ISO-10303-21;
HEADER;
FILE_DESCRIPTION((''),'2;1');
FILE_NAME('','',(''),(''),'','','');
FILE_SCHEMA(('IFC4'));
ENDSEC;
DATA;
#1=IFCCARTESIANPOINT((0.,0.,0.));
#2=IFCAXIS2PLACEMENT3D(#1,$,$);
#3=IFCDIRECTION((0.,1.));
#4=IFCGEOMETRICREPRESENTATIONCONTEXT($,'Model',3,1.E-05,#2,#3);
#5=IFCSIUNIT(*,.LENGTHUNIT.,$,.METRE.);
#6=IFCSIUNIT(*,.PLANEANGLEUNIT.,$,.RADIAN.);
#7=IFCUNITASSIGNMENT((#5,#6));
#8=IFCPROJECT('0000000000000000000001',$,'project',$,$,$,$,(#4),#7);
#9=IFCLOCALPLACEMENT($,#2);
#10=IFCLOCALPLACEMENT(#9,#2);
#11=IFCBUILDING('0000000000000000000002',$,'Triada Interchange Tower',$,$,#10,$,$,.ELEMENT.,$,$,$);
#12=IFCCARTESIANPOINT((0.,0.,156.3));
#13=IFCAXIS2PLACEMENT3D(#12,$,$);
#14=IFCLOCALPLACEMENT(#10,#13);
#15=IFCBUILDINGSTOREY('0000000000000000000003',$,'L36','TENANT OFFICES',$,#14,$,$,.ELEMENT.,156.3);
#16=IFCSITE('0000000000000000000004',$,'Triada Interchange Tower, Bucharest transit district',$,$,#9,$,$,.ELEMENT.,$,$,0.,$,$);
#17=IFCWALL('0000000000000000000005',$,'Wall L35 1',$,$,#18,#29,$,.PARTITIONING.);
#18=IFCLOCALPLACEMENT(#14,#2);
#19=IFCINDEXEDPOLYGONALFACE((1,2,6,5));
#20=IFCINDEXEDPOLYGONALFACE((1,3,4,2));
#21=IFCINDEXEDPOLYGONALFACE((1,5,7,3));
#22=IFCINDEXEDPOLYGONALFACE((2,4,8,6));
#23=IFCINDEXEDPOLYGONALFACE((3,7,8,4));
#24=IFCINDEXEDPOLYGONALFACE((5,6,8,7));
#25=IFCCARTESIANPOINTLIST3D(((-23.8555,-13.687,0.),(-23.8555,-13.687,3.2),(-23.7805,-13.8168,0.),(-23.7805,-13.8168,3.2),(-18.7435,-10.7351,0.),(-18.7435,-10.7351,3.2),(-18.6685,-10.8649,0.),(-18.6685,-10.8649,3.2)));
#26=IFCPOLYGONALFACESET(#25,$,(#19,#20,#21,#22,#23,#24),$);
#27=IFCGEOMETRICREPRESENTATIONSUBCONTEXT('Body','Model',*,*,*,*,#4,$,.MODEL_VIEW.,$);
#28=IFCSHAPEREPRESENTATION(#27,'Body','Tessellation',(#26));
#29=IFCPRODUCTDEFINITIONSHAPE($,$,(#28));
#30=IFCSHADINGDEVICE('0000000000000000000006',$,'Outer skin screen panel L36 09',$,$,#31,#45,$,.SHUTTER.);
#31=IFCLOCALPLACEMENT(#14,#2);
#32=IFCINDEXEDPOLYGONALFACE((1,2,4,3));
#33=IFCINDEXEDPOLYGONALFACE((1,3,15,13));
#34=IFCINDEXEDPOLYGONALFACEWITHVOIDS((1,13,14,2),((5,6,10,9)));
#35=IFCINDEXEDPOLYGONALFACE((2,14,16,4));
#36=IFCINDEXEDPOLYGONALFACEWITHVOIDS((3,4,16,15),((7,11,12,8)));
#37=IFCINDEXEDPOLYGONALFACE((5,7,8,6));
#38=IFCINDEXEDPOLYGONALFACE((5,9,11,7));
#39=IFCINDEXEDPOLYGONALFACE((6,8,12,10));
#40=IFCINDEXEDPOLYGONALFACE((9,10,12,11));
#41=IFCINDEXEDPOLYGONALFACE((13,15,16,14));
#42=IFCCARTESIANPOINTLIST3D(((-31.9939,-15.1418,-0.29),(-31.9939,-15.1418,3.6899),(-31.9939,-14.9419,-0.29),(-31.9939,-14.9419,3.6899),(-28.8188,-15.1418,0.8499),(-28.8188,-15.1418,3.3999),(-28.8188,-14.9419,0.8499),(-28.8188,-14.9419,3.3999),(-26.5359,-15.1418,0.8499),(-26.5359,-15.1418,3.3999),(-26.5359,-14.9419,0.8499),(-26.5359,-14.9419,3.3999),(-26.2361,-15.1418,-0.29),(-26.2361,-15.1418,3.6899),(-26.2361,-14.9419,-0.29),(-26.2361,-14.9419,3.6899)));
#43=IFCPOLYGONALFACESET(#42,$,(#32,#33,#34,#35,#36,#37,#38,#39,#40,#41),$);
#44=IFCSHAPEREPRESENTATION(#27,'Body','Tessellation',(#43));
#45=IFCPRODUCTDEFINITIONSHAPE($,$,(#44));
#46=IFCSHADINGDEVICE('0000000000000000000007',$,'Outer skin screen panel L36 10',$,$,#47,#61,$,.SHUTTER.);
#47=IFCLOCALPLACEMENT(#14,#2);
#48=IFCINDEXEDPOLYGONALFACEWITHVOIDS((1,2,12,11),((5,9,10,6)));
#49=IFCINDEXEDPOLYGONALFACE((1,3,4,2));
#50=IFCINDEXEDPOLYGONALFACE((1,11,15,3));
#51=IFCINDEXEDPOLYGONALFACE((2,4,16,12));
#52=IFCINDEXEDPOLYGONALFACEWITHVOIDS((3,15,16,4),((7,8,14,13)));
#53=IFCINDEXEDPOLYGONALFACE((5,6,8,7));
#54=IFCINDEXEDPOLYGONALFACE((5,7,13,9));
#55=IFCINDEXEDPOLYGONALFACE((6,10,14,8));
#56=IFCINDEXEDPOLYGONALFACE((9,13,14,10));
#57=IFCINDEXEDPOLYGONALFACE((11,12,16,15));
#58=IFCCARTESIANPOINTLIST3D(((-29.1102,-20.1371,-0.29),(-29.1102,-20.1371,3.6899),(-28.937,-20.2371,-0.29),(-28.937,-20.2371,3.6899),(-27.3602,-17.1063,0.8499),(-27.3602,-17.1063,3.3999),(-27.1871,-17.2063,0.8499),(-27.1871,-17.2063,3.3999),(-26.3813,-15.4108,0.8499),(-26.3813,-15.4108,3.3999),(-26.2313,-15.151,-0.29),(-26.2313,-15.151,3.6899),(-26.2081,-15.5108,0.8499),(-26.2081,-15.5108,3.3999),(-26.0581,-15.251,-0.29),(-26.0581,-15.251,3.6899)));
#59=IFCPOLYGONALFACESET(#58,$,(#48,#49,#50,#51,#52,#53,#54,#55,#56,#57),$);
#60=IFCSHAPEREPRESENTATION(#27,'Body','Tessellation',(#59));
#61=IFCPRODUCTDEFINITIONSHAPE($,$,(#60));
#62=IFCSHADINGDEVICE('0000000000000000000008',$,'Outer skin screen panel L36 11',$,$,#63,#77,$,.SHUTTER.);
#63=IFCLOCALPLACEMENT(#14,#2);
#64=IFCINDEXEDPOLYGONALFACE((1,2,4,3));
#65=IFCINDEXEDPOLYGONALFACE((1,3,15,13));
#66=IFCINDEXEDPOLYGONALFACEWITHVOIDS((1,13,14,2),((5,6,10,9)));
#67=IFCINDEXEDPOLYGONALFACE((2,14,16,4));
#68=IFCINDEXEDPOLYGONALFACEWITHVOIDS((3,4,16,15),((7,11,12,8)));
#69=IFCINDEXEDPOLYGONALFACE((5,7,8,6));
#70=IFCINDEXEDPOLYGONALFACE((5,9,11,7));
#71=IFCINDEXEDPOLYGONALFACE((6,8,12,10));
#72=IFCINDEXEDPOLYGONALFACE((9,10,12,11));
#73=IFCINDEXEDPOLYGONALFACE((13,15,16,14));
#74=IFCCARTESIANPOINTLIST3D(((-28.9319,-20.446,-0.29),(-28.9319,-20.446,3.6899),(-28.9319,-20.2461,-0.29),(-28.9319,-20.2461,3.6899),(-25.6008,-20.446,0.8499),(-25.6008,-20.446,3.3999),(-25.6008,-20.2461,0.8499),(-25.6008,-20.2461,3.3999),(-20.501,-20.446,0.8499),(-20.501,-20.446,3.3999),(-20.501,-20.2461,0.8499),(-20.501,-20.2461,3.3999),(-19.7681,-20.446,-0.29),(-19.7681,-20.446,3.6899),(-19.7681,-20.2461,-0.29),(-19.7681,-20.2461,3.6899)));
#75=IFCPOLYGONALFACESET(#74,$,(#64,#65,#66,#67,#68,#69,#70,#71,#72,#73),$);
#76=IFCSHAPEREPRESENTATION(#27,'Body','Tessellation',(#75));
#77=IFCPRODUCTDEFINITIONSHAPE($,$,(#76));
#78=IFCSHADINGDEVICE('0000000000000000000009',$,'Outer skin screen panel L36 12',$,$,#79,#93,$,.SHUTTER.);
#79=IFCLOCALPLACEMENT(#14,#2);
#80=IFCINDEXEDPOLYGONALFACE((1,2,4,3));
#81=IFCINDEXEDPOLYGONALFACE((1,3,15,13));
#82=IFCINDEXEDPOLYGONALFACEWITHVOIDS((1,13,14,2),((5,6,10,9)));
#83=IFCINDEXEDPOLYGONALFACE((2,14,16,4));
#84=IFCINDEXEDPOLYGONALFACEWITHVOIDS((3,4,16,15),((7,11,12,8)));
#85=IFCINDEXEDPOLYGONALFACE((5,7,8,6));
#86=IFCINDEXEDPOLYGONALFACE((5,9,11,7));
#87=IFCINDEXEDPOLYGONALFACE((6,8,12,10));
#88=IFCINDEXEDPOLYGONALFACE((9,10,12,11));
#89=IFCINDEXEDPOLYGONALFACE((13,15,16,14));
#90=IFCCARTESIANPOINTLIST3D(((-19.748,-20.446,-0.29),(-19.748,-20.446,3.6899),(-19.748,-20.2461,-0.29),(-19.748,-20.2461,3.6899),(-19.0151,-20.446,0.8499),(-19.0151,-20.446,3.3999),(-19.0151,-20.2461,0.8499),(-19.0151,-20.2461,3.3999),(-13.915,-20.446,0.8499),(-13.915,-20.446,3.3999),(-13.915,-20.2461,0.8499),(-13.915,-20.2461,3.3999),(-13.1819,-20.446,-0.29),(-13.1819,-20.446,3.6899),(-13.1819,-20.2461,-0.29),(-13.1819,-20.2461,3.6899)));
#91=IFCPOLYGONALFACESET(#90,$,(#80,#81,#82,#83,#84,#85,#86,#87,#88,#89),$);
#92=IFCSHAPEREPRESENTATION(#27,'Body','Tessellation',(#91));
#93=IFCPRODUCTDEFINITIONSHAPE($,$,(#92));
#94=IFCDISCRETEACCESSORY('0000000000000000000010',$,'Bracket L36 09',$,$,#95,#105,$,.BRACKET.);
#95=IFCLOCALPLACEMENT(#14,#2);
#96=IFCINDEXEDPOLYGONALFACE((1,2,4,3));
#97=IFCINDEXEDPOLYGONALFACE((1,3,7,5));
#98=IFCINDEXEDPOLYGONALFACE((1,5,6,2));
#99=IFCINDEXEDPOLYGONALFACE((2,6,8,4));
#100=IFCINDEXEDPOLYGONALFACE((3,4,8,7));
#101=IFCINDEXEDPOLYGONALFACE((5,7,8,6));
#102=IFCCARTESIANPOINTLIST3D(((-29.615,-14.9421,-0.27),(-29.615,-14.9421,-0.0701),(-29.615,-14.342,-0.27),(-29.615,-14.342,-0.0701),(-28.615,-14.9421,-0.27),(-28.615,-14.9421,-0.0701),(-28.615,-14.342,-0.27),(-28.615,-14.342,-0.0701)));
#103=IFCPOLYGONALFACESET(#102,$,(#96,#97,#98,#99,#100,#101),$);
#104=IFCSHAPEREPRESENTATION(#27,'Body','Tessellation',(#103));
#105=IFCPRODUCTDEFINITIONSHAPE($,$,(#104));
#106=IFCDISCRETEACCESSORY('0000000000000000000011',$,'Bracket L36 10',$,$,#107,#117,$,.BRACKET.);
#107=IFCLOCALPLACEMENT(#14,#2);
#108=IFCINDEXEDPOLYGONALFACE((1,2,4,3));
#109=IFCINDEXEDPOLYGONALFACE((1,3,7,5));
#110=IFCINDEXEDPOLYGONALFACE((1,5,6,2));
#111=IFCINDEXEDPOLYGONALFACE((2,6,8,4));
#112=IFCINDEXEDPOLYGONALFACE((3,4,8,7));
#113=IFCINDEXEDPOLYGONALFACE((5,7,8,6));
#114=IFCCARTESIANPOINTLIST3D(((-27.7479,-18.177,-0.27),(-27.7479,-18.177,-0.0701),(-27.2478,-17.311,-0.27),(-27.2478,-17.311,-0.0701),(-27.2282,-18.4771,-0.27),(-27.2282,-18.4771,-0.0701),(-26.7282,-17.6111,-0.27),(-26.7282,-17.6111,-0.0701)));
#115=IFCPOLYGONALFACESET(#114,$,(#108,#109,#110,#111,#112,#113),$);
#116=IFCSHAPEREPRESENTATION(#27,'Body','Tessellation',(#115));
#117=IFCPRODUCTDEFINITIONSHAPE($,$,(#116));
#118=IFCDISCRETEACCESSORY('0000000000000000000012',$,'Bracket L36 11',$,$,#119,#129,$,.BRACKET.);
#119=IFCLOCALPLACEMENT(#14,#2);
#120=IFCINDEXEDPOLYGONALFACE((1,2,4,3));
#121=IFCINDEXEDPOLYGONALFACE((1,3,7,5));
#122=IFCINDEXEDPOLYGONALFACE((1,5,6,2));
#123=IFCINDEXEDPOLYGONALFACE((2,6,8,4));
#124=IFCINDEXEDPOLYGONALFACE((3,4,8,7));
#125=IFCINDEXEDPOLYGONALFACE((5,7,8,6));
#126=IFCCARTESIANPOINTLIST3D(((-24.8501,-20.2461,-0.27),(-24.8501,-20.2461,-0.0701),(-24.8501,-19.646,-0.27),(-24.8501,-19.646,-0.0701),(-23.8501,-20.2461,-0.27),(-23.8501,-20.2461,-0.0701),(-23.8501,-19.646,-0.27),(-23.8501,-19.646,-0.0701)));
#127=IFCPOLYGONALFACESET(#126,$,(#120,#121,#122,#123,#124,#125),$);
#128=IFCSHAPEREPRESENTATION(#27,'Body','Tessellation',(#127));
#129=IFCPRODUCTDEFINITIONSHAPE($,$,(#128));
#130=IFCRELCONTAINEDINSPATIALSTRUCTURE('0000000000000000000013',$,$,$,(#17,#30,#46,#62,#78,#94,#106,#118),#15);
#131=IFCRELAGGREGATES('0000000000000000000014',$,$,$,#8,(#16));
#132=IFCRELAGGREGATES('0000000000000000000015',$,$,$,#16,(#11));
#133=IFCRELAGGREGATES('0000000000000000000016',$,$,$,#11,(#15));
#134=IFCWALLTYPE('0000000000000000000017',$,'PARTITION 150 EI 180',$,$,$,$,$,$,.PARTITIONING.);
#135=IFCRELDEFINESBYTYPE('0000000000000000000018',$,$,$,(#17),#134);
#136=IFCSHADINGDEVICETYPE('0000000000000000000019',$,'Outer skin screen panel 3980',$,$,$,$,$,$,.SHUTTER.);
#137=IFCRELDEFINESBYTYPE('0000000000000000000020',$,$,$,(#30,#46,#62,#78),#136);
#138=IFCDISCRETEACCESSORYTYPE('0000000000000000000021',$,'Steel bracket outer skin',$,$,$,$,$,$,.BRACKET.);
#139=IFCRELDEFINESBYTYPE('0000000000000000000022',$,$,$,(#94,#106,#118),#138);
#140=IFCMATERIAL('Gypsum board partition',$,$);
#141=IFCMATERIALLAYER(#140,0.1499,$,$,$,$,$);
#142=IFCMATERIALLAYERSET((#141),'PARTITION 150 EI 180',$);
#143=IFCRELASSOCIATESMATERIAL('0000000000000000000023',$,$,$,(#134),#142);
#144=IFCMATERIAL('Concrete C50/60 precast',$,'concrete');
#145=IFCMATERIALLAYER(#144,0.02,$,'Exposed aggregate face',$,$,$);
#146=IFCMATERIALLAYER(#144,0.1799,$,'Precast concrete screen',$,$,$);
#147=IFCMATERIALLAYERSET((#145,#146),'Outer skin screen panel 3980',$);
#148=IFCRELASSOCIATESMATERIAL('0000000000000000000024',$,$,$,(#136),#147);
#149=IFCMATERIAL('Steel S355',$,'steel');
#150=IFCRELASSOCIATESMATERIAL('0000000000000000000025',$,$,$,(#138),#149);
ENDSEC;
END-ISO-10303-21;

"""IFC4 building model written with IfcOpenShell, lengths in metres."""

from ifc_helpers import new_model, si_unit, direction, frame, frame_2d, origin, origin_2d, place, context, subcontext, project, spatial, polyline, rectangle, outline, extrude, material, layer, layer_set, type_object, element, save


model = new_model("IFC4")

# Units and contexts
model_context = context("Model", 3, precision=1e-05, world=origin(), true_north=direction((0.0, 1.0)))
body_context = subcontext(model_context, "Body", "Model", "MODEL_VIEW")
ifc_project = project(units=[si_unit("LENGTHUNIT", "METRE"), si_unit("PLANEANGLEUNIT", "RADIAN")], contexts=[model_context])

# Site, building, storey
site_placement = place(None, origin())
site = spatial("IfcSite", under=ifc_project, at=site_placement, Name="Triada Interchange Tower, Bucharest transit district", CompositionType="ELEMENT", RefElevation=0.0)
building_placement = place(site_placement, origin())
building = spatial("IfcBuilding", under=site, at=building_placement, Name="Triada Interchange Tower", CompositionType="ELEMENT")
storey_placement = place(building_placement, frame((0.0, 0.0, 156.3)))
storey = spatial("IfcBuildingStorey", under=building, at=storey_placement, Name="L36", Description="TENANT OFFICES", CompositionType="ELEMENT", Elevation=156.3)

# Wall
ifc_material_1 = material(Name="Gypsum board partition")
ifc_layer_1 = layer(ifc_material_1, 0.1499)
ifc_layer_set_1 = layer_set([ifc_layer_1], Name="PARTITION 150 EI 180")
wall_type_1 = type_object("IfcWallType", Name="PARTITION 150 EI 180", PredefinedType="PARTITIONING", material=ifc_layer_set_1)
wall_1_placement = place(storey_placement, frame((-23.8181, -13.752, 0.0), z_axis=(0.0, 0.0, 1.0), x_axis=(0.865992, 0.500058, 0.0)))
element("IfcWall", 1, at=wall_1_placement, inside=storey, type_object=wall_type_1, Name="Wall L35 1", PredefinedType="PARTITIONING", context=body_context, shape_type="SweptSolid", body=[
    extrude(rectangle(XDim=5.9031, YDim=0.1499, at=frame_2d((2.9517, 0.0))), origin(), (0.0, 0.0, 1.0), 3.2),
])

# Shading devices
ifc_material_2 = material(Name="Concrete C50/60 precast", Category="concrete")
ifc_layer_2 = layer(ifc_material_2, 0.02, Name="Exposed aggregate face")
ifc_layer_3 = layer(ifc_material_2, 0.1799, Name="Precast concrete screen")
ifc_layer_set_2 = layer_set([ifc_layer_2, ifc_layer_3], Name="Outer skin screen panel 3980")
shading_device_type = type_object("IfcShadingDeviceType", Name="Outer skin screen panel 3980", PredefinedType="SHUTTER", material=ifc_layer_set_2)
shading_device_1_placement = place(storey_placement, frame((-31.9939, -14.9419, -0.29), z_axis=(0.0, 0.0, 1.0), x_axis=(1.0, 0.0, 0.0)))
element("IfcShadingDevice", 2, at=shading_device_1_placement, inside=storey, type_object=shading_device_type, Name="Outer skin screen panel L36 09", PredefinedType="SHUTTER", context=body_context, shape_type="SweptSolid", body=[
    extrude(outline(polyline([(0.0, 0.0), (5.7578, 0.0), (5.7578, 3.98), (0.0, 3.98), (0.0, 0.0)]), holes=[polyline([(3.175, 1.1399), (3.175, 3.6899), (5.458, 3.6899), (5.458, 1.1399), (3.175, 1.1399)])]), frame((0.0, 0.0, 0.0), z_axis=(0.0, -1.0, 0.0), x_axis=(1.0, 0.0, 0.0)), (0.0, 0.0, 1.0), 0.2),
])
shading_device_2_placement = place(storey_placement, frame((-26.0581, -15.251, -0.29), z_axis=(0.0, 0.0, 1.0), x_axis=(-0.500025, -0.866011, 0.0)))
element("IfcShadingDevice", 3, at=shading_device_2_placement, inside=storey, type_object=shading_device_type, Name="Outer skin screen panel L36 10", PredefinedType="SHUTTER", context=body_context, shape_type="SweptSolid", body=[
    extrude(outline(polyline([(0.0, 0.0), (5.7576, 0.0), (5.7576, 3.98), (0.0, 3.98), (0.0, 0.0)]), holes=[polyline([(0.3, 1.1399), (0.3, 3.6899), (2.2578, 3.6899), (2.2578, 1.1399), (0.3, 1.1399)])]), frame((0.0, 0.0, 0.0), z_axis=(0.0, -1.0, 0.0), x_axis=(1.0, 0.0, 0.0)), (0.0, 0.0, 1.0), 0.2),
])
shading_device_3_placement = place(storey_placement, frame((-28.9319, -20.2461, -0.29), z_axis=(0.0, 0.0, 1.0), x_axis=(1.0, 0.0, 0.0)))
element("IfcShadingDevice", 4, at=shading_device_3_placement, inside=storey, type_object=shading_device_type, Name="Outer skin screen panel L36 11", PredefinedType="SHUTTER", context=body_context, shape_type="SweptSolid", body=[
    extrude(outline(polyline([(0.0, 0.0), (9.1638, 0.0), (9.1638, 3.98), (0.0, 3.98), (0.0, 0.0)]), holes=[polyline([(3.3311, 1.1399), (3.3311, 3.6899), (8.4309, 3.6899), (8.4309, 1.1399), (3.3311, 1.1399)])]), frame((0.0, 0.0, 0.0), z_axis=(0.0, -1.0, 0.0), x_axis=(1.0, 0.0, 0.0)), (0.0, 0.0, 1.0), 0.2),
])
shading_device_4_placement = place(storey_placement, frame((-19.748, -20.2461, -0.29), z_axis=(0.0, 0.0, 1.0), x_axis=(1.0, 0.0, 0.0)))
element("IfcShadingDevice", 5, at=shading_device_4_placement, inside=storey, type_object=shading_device_type, Name="Outer skin screen panel L36 12", PredefinedType="SHUTTER", context=body_context, shape_type="SweptSolid", body=[
    extrude(outline(polyline([(0.0, 0.0), (6.5662, 0.0), (6.5662, 3.98), (0.0, 3.98), (0.0, 0.0)]), holes=[polyline([(0.7329, 1.1399), (0.7329, 3.6899), (5.833, 3.6899), (5.833, 1.1399), (0.7329, 1.1399)])]), frame((0.0, 0.0, 0.0), z_axis=(0.0, -1.0, 0.0), x_axis=(1.0, 0.0, 0.0)), (0.0, 0.0, 1.0), 0.2),
])

# Discrete accessories
ifc_material_3 = material(Name="Steel S355", Category="steel")
discrete_accessory_type = type_object("IfcDiscreteAccessoryType", Name="Steel bracket outer skin", PredefinedType="BRACKET", material=ifc_material_3)
for number, where, z_axis, x_axis, name in (
    (6, (-29.115, -14.6421, -0.27), (0.0, 0.0, 1.0), (0.0, -1.0, 0.0), "Bracket L36 09"),
    (7, (-27.238, -17.894, -0.27), (0.0, 0.0, 1.0), (-0.865973, 0.50009, 0.0), "Bracket L36 10"),
    (8, (-24.3501, -19.946, -0.27), (0.0, 0.0, 1.0), (0.0, -1.0, 0.0), "Bracket L36 11"),
):
    element("IfcDiscreteAccessory", number, at=place(storey_placement, frame(where, z_axis=z_axis, x_axis=x_axis)), inside=storey, type_object=discrete_accessory_type, Name=name, PredefinedType="BRACKET", context=body_context, shape_type="SweptSolid", body=[
        extrude(rectangle(XDim=0.6001, YDim=1.0, at=origin_2d()), origin(), (0.0, 0.0, 1.0), 0.2),
    ])

save(model, "model.ifc")
